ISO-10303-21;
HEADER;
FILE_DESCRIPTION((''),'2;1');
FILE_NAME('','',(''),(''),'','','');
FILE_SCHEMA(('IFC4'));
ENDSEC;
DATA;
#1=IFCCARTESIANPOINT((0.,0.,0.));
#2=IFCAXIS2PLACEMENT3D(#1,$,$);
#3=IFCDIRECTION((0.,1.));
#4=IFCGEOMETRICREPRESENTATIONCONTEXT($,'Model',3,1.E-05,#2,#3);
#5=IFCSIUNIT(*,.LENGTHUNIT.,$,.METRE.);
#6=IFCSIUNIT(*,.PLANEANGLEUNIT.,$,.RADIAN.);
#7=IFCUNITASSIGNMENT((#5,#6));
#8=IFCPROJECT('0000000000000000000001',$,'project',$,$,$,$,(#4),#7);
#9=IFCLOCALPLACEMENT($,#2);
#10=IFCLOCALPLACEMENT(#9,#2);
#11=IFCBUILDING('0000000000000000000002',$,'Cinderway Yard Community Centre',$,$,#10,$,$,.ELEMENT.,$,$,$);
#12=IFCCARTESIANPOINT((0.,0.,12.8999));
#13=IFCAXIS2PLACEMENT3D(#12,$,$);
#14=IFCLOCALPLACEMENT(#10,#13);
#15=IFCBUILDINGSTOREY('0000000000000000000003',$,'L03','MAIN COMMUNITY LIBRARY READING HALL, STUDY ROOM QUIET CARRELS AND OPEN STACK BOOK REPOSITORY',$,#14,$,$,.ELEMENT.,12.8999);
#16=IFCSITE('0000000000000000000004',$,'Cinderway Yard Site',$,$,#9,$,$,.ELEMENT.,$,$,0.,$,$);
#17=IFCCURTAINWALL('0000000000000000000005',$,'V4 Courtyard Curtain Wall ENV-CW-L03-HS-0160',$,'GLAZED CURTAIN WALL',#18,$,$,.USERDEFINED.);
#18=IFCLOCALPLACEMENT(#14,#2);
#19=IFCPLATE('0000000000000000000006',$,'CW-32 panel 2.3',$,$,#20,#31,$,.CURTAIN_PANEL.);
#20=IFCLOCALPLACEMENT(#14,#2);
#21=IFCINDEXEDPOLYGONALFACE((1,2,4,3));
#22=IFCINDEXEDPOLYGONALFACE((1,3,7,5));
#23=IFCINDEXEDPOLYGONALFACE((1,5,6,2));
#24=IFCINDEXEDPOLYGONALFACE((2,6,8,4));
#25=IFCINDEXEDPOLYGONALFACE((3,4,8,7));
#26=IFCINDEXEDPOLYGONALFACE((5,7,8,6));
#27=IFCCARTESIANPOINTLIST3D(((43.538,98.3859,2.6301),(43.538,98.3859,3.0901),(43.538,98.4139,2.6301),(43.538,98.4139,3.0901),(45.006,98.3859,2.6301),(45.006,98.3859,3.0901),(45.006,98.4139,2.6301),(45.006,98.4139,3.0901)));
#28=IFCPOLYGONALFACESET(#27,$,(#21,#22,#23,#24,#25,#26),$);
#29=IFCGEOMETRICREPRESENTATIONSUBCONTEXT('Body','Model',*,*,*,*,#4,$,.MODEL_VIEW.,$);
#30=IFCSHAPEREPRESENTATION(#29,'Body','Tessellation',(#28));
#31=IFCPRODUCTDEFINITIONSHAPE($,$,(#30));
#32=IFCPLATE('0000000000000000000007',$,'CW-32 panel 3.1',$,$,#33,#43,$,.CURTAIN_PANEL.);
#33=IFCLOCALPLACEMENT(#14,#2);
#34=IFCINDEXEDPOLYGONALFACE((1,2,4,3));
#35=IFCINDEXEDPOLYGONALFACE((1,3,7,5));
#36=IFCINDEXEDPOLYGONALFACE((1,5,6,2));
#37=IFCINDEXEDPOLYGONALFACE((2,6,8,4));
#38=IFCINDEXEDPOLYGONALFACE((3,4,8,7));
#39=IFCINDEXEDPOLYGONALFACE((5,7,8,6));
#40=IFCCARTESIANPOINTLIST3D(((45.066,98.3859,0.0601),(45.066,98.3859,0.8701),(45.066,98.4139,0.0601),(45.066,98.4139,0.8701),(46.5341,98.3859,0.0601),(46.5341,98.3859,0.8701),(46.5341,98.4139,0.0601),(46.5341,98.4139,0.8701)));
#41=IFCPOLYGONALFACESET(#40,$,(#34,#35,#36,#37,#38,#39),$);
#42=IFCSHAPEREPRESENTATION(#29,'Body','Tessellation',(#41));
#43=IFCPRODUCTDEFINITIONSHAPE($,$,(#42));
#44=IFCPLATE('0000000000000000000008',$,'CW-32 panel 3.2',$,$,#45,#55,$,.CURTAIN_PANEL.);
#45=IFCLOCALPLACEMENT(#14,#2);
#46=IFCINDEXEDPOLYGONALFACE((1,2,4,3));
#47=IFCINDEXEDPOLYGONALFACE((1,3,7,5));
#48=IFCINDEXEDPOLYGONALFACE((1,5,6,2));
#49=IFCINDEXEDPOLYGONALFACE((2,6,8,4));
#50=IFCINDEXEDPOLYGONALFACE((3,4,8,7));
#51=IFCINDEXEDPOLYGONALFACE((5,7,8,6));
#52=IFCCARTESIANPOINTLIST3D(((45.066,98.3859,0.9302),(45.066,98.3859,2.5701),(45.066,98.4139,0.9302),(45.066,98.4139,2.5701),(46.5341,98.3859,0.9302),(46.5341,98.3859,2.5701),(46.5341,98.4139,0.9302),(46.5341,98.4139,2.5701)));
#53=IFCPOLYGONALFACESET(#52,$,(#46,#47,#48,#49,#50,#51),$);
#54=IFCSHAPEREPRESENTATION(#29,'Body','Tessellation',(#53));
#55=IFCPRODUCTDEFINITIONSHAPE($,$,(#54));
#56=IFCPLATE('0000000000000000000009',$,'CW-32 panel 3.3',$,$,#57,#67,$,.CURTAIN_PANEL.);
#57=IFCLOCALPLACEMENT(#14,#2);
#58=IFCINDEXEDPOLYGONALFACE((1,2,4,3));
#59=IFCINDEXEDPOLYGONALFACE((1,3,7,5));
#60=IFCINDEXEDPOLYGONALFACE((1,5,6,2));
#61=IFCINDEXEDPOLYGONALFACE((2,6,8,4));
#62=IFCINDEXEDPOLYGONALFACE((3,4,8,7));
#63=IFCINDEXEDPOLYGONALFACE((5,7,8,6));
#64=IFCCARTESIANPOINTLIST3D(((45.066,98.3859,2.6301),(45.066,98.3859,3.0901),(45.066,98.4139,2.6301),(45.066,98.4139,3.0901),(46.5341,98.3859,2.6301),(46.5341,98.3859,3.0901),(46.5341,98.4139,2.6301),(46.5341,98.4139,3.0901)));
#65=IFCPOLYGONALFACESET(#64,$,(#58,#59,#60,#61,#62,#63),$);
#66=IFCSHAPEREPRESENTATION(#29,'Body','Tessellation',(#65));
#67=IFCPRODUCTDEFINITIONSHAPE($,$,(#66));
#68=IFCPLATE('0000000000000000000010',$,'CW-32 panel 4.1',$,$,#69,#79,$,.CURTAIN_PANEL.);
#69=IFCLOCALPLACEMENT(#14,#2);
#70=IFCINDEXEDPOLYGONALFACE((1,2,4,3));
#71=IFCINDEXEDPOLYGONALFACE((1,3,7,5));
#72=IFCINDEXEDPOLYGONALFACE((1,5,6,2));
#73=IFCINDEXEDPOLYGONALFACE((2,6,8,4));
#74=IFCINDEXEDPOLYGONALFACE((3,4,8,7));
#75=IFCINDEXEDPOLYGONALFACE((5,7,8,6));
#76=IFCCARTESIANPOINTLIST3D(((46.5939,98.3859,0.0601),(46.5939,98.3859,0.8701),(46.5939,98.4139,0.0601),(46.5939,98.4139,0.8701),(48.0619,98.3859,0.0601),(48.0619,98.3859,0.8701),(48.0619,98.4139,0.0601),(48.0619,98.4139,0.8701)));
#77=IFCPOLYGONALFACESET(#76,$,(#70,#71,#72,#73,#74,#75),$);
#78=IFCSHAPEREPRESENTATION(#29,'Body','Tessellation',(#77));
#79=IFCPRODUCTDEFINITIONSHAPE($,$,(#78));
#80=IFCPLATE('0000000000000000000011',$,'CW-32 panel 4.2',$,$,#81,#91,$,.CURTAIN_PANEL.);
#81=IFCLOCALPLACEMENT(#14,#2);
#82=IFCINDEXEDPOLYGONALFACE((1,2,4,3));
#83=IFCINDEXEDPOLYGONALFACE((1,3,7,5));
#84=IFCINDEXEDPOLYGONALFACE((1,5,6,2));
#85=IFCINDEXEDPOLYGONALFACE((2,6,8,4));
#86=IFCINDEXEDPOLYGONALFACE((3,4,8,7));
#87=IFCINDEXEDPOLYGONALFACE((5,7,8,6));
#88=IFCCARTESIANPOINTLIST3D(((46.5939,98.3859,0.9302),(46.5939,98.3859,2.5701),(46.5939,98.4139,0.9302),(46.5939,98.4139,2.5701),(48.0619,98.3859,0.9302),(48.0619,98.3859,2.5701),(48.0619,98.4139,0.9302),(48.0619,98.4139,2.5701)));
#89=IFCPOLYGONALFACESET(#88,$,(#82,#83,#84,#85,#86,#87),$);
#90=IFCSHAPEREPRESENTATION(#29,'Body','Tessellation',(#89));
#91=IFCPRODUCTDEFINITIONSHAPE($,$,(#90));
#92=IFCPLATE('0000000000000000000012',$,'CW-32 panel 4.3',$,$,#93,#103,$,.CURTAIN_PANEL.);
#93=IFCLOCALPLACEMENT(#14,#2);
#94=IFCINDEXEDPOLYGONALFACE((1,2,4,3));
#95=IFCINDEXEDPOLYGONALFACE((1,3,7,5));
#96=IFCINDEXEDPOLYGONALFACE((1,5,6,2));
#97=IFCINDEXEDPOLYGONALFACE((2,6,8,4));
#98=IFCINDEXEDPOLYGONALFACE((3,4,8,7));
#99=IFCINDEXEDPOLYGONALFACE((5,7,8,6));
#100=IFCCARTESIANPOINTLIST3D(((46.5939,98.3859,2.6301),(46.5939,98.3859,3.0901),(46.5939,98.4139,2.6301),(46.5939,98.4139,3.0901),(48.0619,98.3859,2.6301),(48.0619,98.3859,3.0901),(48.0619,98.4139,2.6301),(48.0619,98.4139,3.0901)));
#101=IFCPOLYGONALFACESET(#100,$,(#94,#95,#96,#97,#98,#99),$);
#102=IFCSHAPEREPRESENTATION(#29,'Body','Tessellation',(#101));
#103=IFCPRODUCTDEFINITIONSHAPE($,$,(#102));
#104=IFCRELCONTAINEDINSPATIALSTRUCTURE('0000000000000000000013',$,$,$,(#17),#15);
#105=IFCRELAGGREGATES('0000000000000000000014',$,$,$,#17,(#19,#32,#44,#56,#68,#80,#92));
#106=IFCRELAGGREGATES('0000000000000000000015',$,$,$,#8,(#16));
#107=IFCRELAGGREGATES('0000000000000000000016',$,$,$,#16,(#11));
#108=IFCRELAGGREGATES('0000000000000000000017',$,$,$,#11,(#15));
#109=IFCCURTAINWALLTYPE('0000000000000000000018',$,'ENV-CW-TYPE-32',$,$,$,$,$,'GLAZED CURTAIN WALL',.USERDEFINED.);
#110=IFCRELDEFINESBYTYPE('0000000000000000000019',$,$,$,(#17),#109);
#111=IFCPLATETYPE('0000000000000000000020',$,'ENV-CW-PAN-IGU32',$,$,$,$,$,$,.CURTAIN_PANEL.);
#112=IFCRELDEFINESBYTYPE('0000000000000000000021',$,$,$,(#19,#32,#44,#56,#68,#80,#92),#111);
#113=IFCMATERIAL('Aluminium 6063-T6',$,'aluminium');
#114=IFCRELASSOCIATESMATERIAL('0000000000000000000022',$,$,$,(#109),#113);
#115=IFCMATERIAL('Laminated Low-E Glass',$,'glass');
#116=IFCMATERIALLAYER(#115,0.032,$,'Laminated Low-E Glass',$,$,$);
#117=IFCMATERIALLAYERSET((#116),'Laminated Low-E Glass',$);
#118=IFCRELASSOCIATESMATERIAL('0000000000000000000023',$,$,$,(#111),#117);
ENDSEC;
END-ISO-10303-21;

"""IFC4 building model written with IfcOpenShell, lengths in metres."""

from ifc_helpers import new_model, si_unit, direction, frame, origin, origin_2d, place, context, subcontext, project, spatial, rectangle, extrude, material, layer, layer_set, type_object, element, aggregate, save


model = new_model("IFC4")

# Units and contexts
model_context = context("Model", 3, precision=1e-05, world=origin(), true_north=direction((0.0, 1.0)))
body_context = subcontext(model_context, "Body", "Model", "MODEL_VIEW")
ifc_project = project(units=[si_unit("LENGTHUNIT", "METRE"), si_unit("PLANEANGLEUNIT", "RADIAN")], contexts=[model_context])

# Site, building, storey
site_placement = place(None, origin())
site = spatial("IfcSite", under=ifc_project, at=site_placement, Name="Cinderway Yard Site", CompositionType="ELEMENT", RefElevation=0.0)
building_placement = place(site_placement, origin())
building = spatial("IfcBuilding", under=site, at=building_placement, Name="Cinderway Yard Community Centre", CompositionType="ELEMENT")
storey_placement = place(building_placement, frame((0.0, 0.0, 12.8999)))
storey = spatial("IfcBuildingStorey", under=building, at=storey_placement, Name="L03", Description="MAIN COMMUNITY LIBRARY READING HALL, STUDY ROOM QUIET CARRELS AND OPEN STACK BOOK REPOSITORY", CompositionType="ELEMENT", Elevation=12.8999)

# Curtain wall, plates
ifc_material_1 = material(Name="Aluminium 6063-T6", Category="aluminium")
curtain_wall_type = type_object("IfcCurtainWallType", Name="ENV-CW-TYPE-32", ElementType="GLAZED CURTAIN WALL", PredefinedType="USERDEFINED", material=ifc_material_1)
curtain_wall_placement = place(storey_placement, origin())
curtain_wall = element("IfcCurtainWall", 1, at=curtain_wall_placement, inside=storey, type_object=curtain_wall_type, Name="V4 Courtyard Curtain Wall ENV-CW-L03-HS-0160", ObjectType="GLAZED CURTAIN WALL", PredefinedType="USERDEFINED")
ifc_material_2 = material(Name="Laminated Low-E Glass", Category="glass")
ifc_layer = layer(ifc_material_2, 0.032, Name="Laminated Low-E Glass")
ifc_layer_set = layer_set([ifc_layer], Name="Laminated Low-E Glass")
plate_type = type_object("IfcPlateType", Name="ENV-CW-PAN-IGU32", PredefinedType="CURTAIN_PANEL", material=ifc_layer_set)
plate_1_placement = place(storey_placement, frame((44.272, 98.3999, 2.6301), z_axis=(0.0, 0.0, 1.0), x_axis=(1.0, 0.0, 0.0)))
plate_1 = element("IfcPlate", 2, at=plate_1_placement, type_object=plate_type, Name="CW-32 panel 2.3", PredefinedType="CURTAIN_PANEL", context=body_context, shape_type="SweptSolid", body=[
    extrude(rectangle(XDim=1.468, YDim=0.0281, at=origin_2d()), origin(), (0.0, 0.0, 1.0), 0.46),
])
plate_2_placement = place(storey_placement, frame((45.8, 98.3999, 0.0601), z_axis=(0.0, 0.0, 1.0), x_axis=(1.0, 0.0, 0.0)))
plate_2 = element("IfcPlate", 3, at=plate_2_placement, type_object=plate_type, Name="CW-32 panel 3.1", PredefinedType="CURTAIN_PANEL", context=body_context, shape_type="SweptSolid", body=[
    extrude(rectangle(XDim=1.468, YDim=0.0281, at=origin_2d()), origin(), (0.0, 0.0, 1.0), 0.8101),
])
plate_3_placement = place(storey_placement, frame((45.8, 98.3999, 0.9302), z_axis=(0.0, 0.0, 1.0), x_axis=(1.0, 0.0, 0.0)))
plate_3 = element("IfcPlate", 4, at=plate_3_placement, type_object=plate_type, Name="CW-32 panel 3.2", PredefinedType="CURTAIN_PANEL", context=body_context, shape_type="SweptSolid", body=[
    extrude(rectangle(XDim=1.468, YDim=0.0281, at=origin_2d()), origin(), (0.0, 0.0, 1.0), 1.6399),
])
plate_4_placement = place(storey_placement, frame((45.8, 98.3999, 2.6301), z_axis=(0.0, 0.0, 1.0), x_axis=(1.0, 0.0, 0.0)))
plate_4 = element("IfcPlate", 5, at=plate_4_placement, type_object=plate_type, Name="CW-32 panel 3.3", PredefinedType="CURTAIN_PANEL", context=body_context, shape_type="SweptSolid", body=[
    extrude(rectangle(XDim=1.468, YDim=0.0281, at=origin_2d()), origin(), (0.0, 0.0, 1.0), 0.46),
])
plate_5_placement = place(storey_placement, frame((47.3279, 98.3999, 0.0601), z_axis=(0.0, 0.0, 1.0), x_axis=(1.0, 0.0, 0.0)))
plate_5 = element("IfcPlate", 6, at=plate_5_placement, type_object=plate_type, Name="CW-32 panel 4.1", PredefinedType="CURTAIN_PANEL", context=body_context, shape_type="SweptSolid", body=[
    extrude(rectangle(XDim=1.468, YDim=0.0281, at=origin_2d()), origin(), (0.0, 0.0, 1.0), 0.8101),
])
plate_6_placement = place(storey_placement, frame((47.3279, 98.3999, 0.9302), z_axis=(0.0, 0.0, 1.0), x_axis=(1.0, 0.0, 0.0)))
plate_6 = element("IfcPlate", 7, at=plate_6_placement, type_object=plate_type, Name="CW-32 panel 4.2", PredefinedType="CURTAIN_PANEL", context=body_context, shape_type="SweptSolid", body=[
    extrude(rectangle(XDim=1.468, YDim=0.0281, at=origin_2d()), origin(), (0.0, 0.0, 1.0), 1.6399),
])
plate_7_placement = place(storey_placement, frame((47.3279, 98.3999, 2.6301), z_axis=(0.0, 0.0, 1.0), x_axis=(1.0, 0.0, 0.0)))
plate_7 = element("IfcPlate", 8, at=plate_7_placement, type_object=plate_type, Name="CW-32 panel 4.3", PredefinedType="CURTAIN_PANEL", context=body_context, shape_type="SweptSolid", body=[
    extrude(rectangle(XDim=1.468, YDim=0.0281, at=origin_2d()), origin(), (0.0, 0.0, 1.0), 0.46),
])
aggregate(curtain_wall, [plate_1, plate_2, plate_3, plate_4, plate_5, plate_6, plate_7])

save(model, "model.ifc")
